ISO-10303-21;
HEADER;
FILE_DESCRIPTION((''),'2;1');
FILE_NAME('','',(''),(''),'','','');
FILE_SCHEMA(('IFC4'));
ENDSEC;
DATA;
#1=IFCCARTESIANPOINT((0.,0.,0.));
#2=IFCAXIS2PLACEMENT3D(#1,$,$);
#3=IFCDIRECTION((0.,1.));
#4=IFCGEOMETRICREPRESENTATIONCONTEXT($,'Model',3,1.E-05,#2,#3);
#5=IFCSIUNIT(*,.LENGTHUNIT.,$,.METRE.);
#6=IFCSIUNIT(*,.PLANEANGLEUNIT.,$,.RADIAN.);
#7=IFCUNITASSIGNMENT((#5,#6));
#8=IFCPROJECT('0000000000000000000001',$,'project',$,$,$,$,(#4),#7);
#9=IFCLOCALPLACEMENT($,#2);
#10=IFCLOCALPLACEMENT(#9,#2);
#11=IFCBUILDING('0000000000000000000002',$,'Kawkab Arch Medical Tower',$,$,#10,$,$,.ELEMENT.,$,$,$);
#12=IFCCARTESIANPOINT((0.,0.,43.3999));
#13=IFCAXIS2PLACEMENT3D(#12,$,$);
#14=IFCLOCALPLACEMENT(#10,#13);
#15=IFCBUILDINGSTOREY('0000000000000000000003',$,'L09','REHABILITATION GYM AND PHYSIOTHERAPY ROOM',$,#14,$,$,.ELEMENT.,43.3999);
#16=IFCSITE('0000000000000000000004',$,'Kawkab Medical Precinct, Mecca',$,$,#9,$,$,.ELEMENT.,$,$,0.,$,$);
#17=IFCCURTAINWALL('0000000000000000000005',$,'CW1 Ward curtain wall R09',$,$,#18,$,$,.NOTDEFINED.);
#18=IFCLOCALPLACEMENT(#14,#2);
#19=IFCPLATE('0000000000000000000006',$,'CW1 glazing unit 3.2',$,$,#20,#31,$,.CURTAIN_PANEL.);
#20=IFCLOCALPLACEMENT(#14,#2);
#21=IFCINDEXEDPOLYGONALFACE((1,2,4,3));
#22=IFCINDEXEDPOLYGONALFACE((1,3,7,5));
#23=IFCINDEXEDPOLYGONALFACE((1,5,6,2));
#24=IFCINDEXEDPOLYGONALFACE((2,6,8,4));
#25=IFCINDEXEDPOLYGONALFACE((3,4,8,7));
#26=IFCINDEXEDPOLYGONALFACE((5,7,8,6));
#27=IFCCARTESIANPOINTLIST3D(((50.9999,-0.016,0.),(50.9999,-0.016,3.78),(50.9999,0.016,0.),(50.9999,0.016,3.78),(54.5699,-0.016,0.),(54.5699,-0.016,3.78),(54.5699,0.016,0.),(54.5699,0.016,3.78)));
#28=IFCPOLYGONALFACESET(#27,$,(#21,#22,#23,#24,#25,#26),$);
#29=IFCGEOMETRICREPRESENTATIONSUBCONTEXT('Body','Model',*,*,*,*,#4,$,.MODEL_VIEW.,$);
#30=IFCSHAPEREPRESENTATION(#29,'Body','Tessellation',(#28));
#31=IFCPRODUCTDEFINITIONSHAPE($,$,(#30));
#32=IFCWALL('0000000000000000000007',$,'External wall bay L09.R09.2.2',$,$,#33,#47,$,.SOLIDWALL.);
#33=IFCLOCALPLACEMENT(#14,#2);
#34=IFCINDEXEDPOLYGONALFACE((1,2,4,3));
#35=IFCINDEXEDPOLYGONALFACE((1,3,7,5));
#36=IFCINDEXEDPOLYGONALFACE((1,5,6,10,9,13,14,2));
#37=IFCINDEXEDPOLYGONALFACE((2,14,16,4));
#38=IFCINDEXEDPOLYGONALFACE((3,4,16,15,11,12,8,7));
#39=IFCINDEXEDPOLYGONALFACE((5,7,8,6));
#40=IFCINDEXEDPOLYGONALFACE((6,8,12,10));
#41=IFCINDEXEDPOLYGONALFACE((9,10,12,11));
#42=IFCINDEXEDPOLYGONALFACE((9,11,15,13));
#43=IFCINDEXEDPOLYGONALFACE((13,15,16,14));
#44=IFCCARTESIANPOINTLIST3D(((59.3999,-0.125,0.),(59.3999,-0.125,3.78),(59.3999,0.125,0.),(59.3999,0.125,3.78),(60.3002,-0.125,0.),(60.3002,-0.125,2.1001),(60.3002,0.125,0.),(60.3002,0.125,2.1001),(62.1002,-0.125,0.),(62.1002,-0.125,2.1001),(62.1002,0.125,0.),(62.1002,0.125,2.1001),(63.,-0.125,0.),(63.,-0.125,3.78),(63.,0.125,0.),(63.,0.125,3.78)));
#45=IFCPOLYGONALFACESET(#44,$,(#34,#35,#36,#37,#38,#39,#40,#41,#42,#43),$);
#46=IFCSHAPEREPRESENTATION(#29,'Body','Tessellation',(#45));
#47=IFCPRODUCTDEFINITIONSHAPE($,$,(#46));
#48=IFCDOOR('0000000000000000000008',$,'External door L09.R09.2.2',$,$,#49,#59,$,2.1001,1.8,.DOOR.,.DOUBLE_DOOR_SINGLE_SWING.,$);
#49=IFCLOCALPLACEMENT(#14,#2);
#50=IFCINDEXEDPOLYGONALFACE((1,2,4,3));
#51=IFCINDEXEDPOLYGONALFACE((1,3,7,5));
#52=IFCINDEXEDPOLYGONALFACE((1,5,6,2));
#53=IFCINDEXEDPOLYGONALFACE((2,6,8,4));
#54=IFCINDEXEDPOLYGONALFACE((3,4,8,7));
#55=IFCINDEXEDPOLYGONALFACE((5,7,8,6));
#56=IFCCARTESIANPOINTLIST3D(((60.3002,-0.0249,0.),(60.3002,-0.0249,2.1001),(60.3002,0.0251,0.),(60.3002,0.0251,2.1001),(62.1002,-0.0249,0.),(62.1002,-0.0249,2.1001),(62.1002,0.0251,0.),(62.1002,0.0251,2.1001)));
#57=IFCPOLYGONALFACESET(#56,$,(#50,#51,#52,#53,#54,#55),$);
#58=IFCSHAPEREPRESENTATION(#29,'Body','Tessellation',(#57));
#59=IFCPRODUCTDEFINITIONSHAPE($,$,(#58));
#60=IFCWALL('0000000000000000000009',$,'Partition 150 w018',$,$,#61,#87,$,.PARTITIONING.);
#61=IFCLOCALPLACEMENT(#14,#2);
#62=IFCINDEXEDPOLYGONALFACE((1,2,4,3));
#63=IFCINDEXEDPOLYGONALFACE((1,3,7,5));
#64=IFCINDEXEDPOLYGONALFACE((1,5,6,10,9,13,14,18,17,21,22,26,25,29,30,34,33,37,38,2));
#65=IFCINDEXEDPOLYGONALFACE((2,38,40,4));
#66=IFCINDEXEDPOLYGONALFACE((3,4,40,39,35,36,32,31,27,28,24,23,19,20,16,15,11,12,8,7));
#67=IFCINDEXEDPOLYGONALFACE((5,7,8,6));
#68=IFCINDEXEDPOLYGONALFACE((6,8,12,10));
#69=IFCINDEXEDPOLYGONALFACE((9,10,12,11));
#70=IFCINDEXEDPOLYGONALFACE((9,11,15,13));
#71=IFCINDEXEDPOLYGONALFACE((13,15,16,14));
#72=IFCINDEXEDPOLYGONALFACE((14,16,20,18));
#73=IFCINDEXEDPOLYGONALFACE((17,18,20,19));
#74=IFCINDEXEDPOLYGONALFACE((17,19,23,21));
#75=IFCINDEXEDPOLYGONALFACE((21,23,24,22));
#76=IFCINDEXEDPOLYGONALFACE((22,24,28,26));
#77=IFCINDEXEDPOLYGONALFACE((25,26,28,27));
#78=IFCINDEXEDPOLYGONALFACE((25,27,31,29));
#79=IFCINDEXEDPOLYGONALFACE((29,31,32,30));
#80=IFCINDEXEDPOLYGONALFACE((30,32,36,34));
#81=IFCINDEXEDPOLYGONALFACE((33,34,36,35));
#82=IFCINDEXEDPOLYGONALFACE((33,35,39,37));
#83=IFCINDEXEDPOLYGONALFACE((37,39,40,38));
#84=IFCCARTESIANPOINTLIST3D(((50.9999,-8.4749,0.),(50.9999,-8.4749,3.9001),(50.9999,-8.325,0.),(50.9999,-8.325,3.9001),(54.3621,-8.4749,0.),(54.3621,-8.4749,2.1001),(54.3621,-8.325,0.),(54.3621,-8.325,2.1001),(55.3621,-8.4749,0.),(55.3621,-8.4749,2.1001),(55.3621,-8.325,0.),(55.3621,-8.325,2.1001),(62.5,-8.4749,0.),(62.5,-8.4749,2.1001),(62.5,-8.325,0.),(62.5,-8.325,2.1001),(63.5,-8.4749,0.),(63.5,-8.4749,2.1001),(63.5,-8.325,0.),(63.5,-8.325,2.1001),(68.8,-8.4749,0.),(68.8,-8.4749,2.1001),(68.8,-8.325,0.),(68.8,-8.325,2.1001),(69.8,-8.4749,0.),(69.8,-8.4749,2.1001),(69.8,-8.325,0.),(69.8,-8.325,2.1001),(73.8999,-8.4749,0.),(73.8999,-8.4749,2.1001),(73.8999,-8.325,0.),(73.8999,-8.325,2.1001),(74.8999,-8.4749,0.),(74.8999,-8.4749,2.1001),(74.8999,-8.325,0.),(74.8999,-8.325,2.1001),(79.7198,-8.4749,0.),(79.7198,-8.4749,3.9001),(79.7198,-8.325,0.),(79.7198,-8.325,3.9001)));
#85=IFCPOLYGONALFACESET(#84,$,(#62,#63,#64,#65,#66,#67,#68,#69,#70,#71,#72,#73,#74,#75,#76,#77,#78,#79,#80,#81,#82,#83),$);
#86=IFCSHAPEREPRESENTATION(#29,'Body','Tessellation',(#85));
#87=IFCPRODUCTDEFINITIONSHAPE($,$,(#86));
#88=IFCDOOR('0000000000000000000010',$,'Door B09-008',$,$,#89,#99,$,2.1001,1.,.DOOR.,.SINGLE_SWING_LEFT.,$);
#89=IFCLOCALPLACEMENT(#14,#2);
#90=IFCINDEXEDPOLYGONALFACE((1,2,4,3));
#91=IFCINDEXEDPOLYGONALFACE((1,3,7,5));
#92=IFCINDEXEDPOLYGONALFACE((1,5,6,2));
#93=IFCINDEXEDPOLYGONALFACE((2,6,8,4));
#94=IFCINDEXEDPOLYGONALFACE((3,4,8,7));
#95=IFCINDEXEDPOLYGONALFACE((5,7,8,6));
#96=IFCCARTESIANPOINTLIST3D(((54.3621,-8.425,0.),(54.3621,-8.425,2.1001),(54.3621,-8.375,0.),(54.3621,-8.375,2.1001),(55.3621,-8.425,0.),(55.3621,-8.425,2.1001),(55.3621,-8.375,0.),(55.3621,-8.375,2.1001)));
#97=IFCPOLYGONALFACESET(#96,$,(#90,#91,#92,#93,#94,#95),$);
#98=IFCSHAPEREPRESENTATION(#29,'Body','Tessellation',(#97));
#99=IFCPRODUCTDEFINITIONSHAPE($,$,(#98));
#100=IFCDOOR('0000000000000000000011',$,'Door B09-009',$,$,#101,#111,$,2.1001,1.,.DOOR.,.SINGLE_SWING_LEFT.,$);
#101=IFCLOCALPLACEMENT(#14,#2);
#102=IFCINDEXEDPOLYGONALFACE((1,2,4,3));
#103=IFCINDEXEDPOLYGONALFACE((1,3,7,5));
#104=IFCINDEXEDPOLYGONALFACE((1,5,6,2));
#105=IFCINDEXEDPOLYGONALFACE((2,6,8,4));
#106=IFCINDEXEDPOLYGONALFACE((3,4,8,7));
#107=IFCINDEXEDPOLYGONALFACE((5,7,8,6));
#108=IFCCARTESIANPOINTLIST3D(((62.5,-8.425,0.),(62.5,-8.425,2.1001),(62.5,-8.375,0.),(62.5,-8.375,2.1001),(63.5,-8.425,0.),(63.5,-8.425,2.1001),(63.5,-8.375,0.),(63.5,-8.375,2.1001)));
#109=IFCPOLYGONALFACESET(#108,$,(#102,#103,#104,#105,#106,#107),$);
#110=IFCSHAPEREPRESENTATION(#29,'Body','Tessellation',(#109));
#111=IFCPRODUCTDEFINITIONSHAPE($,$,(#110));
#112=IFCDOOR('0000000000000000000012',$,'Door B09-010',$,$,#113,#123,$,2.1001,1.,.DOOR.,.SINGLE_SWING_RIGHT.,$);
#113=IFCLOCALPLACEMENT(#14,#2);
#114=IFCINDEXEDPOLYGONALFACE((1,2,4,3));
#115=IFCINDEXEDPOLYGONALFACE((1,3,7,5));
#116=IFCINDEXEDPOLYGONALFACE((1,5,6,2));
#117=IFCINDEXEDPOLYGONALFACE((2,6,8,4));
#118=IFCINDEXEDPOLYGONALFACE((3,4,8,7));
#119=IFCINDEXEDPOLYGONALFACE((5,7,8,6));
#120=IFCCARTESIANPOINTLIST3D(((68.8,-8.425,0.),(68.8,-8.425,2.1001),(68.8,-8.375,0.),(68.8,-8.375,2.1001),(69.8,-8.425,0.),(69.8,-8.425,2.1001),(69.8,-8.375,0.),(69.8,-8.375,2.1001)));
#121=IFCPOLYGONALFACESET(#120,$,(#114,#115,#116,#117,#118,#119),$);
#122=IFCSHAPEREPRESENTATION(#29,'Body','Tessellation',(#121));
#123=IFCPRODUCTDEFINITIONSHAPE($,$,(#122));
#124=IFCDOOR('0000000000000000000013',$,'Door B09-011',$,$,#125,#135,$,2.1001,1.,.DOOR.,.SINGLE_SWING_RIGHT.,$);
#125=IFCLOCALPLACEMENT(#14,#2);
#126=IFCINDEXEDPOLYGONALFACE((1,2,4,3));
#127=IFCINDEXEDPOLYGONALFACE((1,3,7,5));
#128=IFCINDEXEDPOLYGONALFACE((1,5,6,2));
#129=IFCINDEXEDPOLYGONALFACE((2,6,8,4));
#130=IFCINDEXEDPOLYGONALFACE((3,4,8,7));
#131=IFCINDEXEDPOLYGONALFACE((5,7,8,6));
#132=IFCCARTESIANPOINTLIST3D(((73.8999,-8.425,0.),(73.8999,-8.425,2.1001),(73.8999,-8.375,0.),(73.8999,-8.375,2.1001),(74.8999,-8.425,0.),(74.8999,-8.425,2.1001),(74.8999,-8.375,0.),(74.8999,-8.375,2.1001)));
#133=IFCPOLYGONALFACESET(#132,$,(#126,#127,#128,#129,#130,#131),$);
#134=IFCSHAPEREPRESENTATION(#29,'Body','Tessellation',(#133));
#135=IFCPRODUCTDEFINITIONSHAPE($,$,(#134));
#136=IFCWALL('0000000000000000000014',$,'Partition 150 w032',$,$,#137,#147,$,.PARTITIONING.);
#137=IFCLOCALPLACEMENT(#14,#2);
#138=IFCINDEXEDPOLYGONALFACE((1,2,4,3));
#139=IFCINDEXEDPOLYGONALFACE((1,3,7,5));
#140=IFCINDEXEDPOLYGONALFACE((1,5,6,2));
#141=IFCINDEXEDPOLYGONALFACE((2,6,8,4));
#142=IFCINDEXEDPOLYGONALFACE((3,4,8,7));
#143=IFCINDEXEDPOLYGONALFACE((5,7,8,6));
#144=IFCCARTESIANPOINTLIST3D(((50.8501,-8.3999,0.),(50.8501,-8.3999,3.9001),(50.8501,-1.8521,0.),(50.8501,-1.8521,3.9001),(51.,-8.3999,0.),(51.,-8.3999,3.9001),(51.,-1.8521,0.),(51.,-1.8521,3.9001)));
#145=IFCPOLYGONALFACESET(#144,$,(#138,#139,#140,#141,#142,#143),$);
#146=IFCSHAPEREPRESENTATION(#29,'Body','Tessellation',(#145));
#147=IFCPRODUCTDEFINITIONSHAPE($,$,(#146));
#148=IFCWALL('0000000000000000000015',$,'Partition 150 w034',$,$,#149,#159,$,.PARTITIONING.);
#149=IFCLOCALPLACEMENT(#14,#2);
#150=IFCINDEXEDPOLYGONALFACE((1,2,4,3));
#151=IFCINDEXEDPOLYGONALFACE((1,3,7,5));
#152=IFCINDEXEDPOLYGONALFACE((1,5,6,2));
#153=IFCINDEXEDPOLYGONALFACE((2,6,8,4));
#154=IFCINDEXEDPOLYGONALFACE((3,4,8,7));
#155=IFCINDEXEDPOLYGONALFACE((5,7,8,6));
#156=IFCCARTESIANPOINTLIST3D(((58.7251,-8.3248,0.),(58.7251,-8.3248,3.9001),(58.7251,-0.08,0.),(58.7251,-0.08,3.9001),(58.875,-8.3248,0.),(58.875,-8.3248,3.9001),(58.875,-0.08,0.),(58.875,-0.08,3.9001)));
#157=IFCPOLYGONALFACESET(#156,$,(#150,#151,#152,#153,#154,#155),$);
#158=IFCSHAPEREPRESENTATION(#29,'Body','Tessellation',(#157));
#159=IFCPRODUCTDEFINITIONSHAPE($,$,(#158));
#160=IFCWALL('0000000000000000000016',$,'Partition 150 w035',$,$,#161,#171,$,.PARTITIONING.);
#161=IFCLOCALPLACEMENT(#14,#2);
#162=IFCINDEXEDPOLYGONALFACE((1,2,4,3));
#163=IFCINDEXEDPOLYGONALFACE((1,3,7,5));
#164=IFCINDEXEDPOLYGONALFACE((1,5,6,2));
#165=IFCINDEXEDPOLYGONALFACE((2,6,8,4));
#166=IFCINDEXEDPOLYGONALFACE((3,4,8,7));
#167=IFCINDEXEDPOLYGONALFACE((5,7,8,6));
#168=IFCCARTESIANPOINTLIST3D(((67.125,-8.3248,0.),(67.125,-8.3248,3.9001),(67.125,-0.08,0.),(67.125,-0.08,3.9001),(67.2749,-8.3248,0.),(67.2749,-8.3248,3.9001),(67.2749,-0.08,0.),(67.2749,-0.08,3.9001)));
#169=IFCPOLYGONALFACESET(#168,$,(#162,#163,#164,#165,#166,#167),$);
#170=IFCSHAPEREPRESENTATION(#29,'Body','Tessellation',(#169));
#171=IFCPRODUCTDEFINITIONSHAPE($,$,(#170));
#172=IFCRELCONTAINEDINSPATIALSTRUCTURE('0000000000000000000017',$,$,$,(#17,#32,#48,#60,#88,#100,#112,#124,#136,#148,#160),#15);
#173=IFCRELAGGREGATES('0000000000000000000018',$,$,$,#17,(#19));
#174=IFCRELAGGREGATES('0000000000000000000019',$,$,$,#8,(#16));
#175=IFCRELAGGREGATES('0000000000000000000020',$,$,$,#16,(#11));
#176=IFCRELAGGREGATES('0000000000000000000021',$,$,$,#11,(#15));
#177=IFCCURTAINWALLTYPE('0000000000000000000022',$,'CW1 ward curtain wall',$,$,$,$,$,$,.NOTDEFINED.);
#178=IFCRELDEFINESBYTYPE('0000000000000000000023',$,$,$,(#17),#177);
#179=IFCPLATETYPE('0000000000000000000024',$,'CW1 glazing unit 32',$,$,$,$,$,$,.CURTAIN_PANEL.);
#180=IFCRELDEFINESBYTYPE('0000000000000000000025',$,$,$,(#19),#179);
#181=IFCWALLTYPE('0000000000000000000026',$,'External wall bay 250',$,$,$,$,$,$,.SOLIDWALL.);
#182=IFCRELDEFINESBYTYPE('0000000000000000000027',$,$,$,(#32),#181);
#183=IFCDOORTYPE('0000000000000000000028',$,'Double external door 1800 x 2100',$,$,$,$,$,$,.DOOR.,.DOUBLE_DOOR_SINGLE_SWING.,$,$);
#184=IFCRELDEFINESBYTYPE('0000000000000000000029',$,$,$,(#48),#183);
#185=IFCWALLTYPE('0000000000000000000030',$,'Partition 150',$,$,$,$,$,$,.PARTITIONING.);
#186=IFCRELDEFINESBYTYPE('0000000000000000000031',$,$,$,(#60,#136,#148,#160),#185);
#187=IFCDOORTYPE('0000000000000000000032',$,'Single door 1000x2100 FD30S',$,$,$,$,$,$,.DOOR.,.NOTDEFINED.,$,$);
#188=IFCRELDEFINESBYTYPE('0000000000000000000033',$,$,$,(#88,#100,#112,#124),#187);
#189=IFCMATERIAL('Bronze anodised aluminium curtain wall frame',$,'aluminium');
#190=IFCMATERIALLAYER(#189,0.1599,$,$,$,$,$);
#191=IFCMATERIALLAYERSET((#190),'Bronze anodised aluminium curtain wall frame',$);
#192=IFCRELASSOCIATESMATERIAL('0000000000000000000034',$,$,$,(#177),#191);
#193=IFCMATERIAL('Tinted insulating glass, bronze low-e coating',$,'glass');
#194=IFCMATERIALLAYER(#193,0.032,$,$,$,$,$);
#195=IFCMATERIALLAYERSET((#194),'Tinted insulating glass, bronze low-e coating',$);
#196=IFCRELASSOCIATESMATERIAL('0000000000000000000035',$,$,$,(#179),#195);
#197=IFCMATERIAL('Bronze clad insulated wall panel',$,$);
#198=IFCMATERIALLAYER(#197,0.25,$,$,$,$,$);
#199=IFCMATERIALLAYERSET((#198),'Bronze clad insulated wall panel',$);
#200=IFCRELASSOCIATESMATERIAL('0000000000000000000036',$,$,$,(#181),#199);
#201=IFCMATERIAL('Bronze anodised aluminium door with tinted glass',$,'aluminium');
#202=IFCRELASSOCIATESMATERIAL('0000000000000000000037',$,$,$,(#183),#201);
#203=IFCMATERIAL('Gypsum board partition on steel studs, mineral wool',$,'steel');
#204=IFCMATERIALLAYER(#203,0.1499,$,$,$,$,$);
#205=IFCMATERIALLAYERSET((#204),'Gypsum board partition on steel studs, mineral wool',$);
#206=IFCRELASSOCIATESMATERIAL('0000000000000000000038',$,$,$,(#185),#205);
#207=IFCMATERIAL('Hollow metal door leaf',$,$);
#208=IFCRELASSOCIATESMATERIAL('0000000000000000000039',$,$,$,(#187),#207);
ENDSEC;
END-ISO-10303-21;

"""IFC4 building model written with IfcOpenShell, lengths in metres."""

from ifc_helpers import new_model, si_unit, direction, frame, frame_2d, origin, origin_2d, place, context, subcontext, project, spatial, rectangle, extrude, material, layer, layer_set, type_object, element, fill, aggregate, save


model = new_model("IFC4")

# Units and contexts
model_context = context("Model", 3, precision=1e-05, world=origin(), true_north=direction((0.0, 1.0)))
body_context = subcontext(model_context, "Body", "Model", "MODEL_VIEW")
ifc_project = project(units=[si_unit("LENGTHUNIT", "METRE"), si_unit("PLANEANGLEUNIT", "RADIAN")], contexts=[model_context])

# Site, building, storey
site_placement = place(None, origin())
site = spatial("IfcSite", under=ifc_project, at=site_placement, Name="Kawkab Medical Precinct, Mecca", CompositionType="ELEMENT", RefElevation=0.0)
building_placement = place(site_placement, origin())
building = spatial("IfcBuilding", under=site, at=building_placement, Name="Kawkab Arch Medical Tower", CompositionType="ELEMENT")
storey_placement = place(building_placement, frame((0.0, 0.0, 43.3999)))
storey = spatial("IfcBuildingStorey", under=building, at=storey_placement, Name="L09", Description="REHABILITATION GYM AND PHYSIOTHERAPY ROOM", CompositionType="ELEMENT", Elevation=43.3999)

# Curtain wall, plate
ifc_material_1 = material(Name="Bronze anodised aluminium curtain wall frame", Category="aluminium")
ifc_layer_1 = layer(ifc_material_1, 0.1599)
ifc_layer_set_1 = layer_set([ifc_layer_1], Name="Bronze anodised aluminium curtain wall frame")
curtain_wall_type = type_object("IfcCurtainWallType", Name="CW1 ward curtain wall", PredefinedType="NOTDEFINED", material=ifc_layer_set_1)
curtain_wall_placement = place(storey_placement, origin())
curtain_wall = element("IfcCurtainWall", 1, at=curtain_wall_placement, inside=storey, type_object=curtain_wall_type, Name="CW1 Ward curtain wall R09", PredefinedType="NOTDEFINED")
ifc_material_2 = material(Name="Tinted insulating glass, bronze low-e coating", Category="glass")
ifc_layer_2 = layer(ifc_material_2, 0.032)
ifc_layer_set_2 = layer_set([ifc_layer_2], Name="Tinted insulating glass, bronze low-e coating")
plate_type = type_object("IfcPlateType", Name="CW1 glazing unit 32", PredefinedType="CURTAIN_PANEL", material=ifc_layer_set_2)
plate_1_placement = place(storey_placement, frame((52.7849, 0.0, 0.0), z_axis=(0.0, 0.0, 1.0), x_axis=(-1.0, 0.0, 0.0)))
plate_1 = element("IfcPlate", 2, at=plate_1_placement, type_object=plate_type, Name="CW1 glazing unit 3.2", PredefinedType="CURTAIN_PANEL", context=body_context, shape_type="SweptSolid", body=[
    extrude(rectangle(XDim=3.5701, YDim=0.032, at=origin_2d()), origin(), (0.0, 0.0, 1.0), 3.78),
])
aggregate(curtain_wall, [plate_1])

# Wall, opening, door
ifc_material_3 = material(Name="Bronze clad insulated wall panel")
ifc_layer_3 = layer(ifc_material_3, 0.25)
ifc_layer_set_3 = layer_set([ifc_layer_3], Name="Bronze clad insulated wall panel")
wall_type_1 = type_object("IfcWallType", Name="External wall bay 250", PredefinedType="SOLIDWALL", material=ifc_layer_set_3)
wall_1_placement = place(storey_placement, frame((63.0, 0.0, 0.0), z_axis=(0.0, 0.0, 1.0), x_axis=(-1.0, 0.0, 0.0)))
wall_1 = element("IfcWall", 3, at=wall_1_placement, inside=storey, type_object=wall_type_1, Name="External wall bay L09.R09.2.2", PredefinedType="SOLIDWALL", context=body_context, shape_type="SweptSolid", body=[
    extrude(rectangle(XDim=3.6001, YDim=0.25, at=frame_2d((1.8, 0.0))), origin(), (0.0, 0.0, 1.0), 3.78),
])
opening_1_placement = place(wall_1_placement, frame((0.8999, 0.0, 0.0)))
opening_1 = element("IfcOpeningElement", 4, at=opening_1_placement, cuts=wall_1, PredefinedType="OPENING", context=body_context, shape_type="SweptSolid", body=[
    extrude(rectangle(XDim=1.8, YDim=2.1001, at=frame_2d((0.8999, 1.05))), frame((0.0, 0.135, 0.0), z_axis=(0.0, -1.0, 0.0), x_axis=(1.0, 0.0, 0.0)), (0.0, 0.0, 1.0), 0.27),
])
ifc_material_4 = material(Name="Bronze anodised aluminium door with tinted glass", Category="aluminium")
door_type_1 = type_object("IfcDoorType", Name="Double external door 1800 x 2100", OperationType="DOUBLE_DOOR_SINGLE_SWING", PredefinedType="DOOR", material=ifc_material_4)
door_1_placement = place(opening_1_placement, origin())
door_1 = element("IfcDoor", 5, at=door_1_placement, inside=storey, type_object=door_type_1, Name="External door L09.R09.2.2", OperationType="DOUBLE_DOOR_SINGLE_SWING", OverallHeight=2.1001, OverallWidth=1.8, PredefinedType="DOOR", context=body_context, shape_type="SweptSolid", body=[
    extrude(rectangle(XDim=1.8, YDim=2.1001, at=frame_2d((0.8999, 1.05))), frame((0.0, 0.0249, 0.0), z_axis=(0.0, -1.0, 0.0), x_axis=(1.0, 0.0, 0.0)), (0.0, 0.0, 1.0), 0.05),
])
fill(opening_1, door_1)

# Wall, openings, doors
ifc_material_5 = material(Name="Gypsum board partition on steel studs, mineral wool", Category="steel")
ifc_layer_4 = layer(ifc_material_5, 0.1499)
ifc_layer_set_4 = layer_set([ifc_layer_4], Name="Gypsum board partition on steel studs, mineral wool")
wall_type_2 = type_object("IfcWallType", Name="Partition 150", PredefinedType="PARTITIONING", material=ifc_layer_set_4)
wall_2_placement = place(storey_placement, frame((51.0, -8.3999, 0.0), z_axis=(0.0, 0.0, 1.0), x_axis=(1.0, 0.0, 0.0)))
wall_2 = element("IfcWall", 6, at=wall_2_placement, inside=storey, type_object=wall_type_2, Name="Partition 150 w018", PredefinedType="PARTITIONING", context=body_context, shape_type="SweptSolid", body=[
    extrude(rectangle(XDim=28.72, YDim=0.1499, at=frame_2d((14.3599, 0.0))), origin(), (0.0, 0.0, 1.0), 3.9001),
])
opening_2_placement = place(wall_2_placement, frame((3.3621, 0.0, 0.0)))
opening_2 = element("IfcOpeningElement", 7, at=opening_2_placement, cuts=wall_2, PredefinedType="OPENING", context=body_context, shape_type="SweptSolid", body=[
    extrude(rectangle(XDim=1.0, YDim=2.1001, at=frame_2d((0.5, 1.05))), frame((0.0, 0.085, 0.0), z_axis=(0.0, -1.0, 0.0), x_axis=(1.0, 0.0, 0.0)), (0.0, 0.0, 1.0), 0.1699),
])
opening_3_placement = place(wall_2_placement, frame((11.5, 0.0, 0.0)))
opening_3 = element("IfcOpeningElement", 8, at=opening_3_placement, cuts=wall_2, PredefinedType="OPENING", context=body_context, shape_type="SweptSolid", body=[
    extrude(rectangle(XDim=1.0, YDim=2.1001, at=frame_2d((0.5, 1.05))), frame((0.0, 0.085, 0.0), z_axis=(0.0, -1.0, 0.0), x_axis=(1.0, 0.0, 0.0)), (0.0, 0.0, 1.0), 0.1699),
])
opening_4_placement = place(wall_2_placement, frame((17.8, 0.0, 0.0)))
opening_4 = element("IfcOpeningElement", 9, at=opening_4_placement, cuts=wall_2, PredefinedType="OPENING", context=body_context, shape_type="SweptSolid", body=[
    extrude(rectangle(XDim=1.0, YDim=2.1001, at=frame_2d((0.5, 1.05))), frame((0.0, 0.085, 0.0), z_axis=(0.0, -1.0, 0.0), x_axis=(1.0, 0.0, 0.0)), (0.0, 0.0, 1.0), 0.1699),
])
opening_5_placement = place(wall_2_placement, frame((22.8999, 0.0, 0.0)))
opening_5 = element("IfcOpeningElement", 10, at=opening_5_placement, cuts=wall_2, PredefinedType="OPENING", context=body_context, shape_type="SweptSolid", body=[
    extrude(rectangle(XDim=1.0, YDim=2.1001, at=frame_2d((0.5, 1.05))), frame((0.0, 0.085, 0.0), z_axis=(0.0, -1.0, 0.0), x_axis=(1.0, 0.0, 0.0)), (0.0, 0.0, 1.0), 0.1699),
])
ifc_material_6 = material(Name="Hollow metal door leaf")
door_type_2 = type_object("IfcDoorType", Name="Single door 1000x2100 FD30S", OperationType="NOTDEFINED", PredefinedType="DOOR", material=ifc_material_6)
door_2_placement = place(opening_2_placement, origin())
door_2 = element("IfcDoor", 11, at=door_2_placement, inside=storey, type_object=door_type_2, Name="Door B09-008", OperationType="SINGLE_SWING_LEFT", OverallHeight=2.1001, OverallWidth=1.0, PredefinedType="DOOR", context=body_context, shape_type="SweptSolid", body=[
    extrude(rectangle(XDim=1.0, YDim=2.1001, at=frame_2d((0.5, 1.05))), frame((0.0, 0.0249, 0.0), z_axis=(0.0, -1.0, 0.0), x_axis=(1.0, 0.0, 0.0)), (0.0, 0.0, 1.0), 0.05),
])
fill(opening_2, door_2)
door_3_placement = place(opening_3_placement, origin())
door_3 = element("IfcDoor", 12, at=door_3_placement, inside=storey, type_object=door_type_2, Name="Door B09-009", OperationType="SINGLE_SWING_LEFT", OverallHeight=2.1001, OverallWidth=1.0, PredefinedType="DOOR", context=body_context, shape_type="SweptSolid", body=[
    extrude(rectangle(XDim=1.0, YDim=2.1001, at=frame_2d((0.5, 1.05))), frame((0.0, 0.0249, 0.0), z_axis=(0.0, -1.0, 0.0), x_axis=(1.0, 0.0, 0.0)), (0.0, 0.0, 1.0), 0.05),
])
fill(opening_3, door_3)
door_4_placement = place(opening_4_placement, origin())
door_4 = element("IfcDoor", 13, at=door_4_placement, inside=storey, type_object=door_type_2, Name="Door B09-010", OperationType="SINGLE_SWING_RIGHT", OverallHeight=2.1001, OverallWidth=1.0, PredefinedType="DOOR", context=body_context, shape_type="SweptSolid", body=[
    extrude(rectangle(XDim=1.0, YDim=2.1001, at=frame_2d((0.5, 1.05))), frame((0.0, 0.0249, 0.0), z_axis=(0.0, -1.0, 0.0), x_axis=(1.0, 0.0, 0.0)), (0.0, 0.0, 1.0), 0.05),
])
fill(opening_4, door_4)
door_5_placement = place(opening_5_placement, origin())
door_5 = element("IfcDoor", 14, at=door_5_placement, inside=storey, type_object=door_type_2, Name="Door B09-011", OperationType="SINGLE_SWING_RIGHT", OverallHeight=2.1001, OverallWidth=1.0, PredefinedType="DOOR", context=body_context, shape_type="SweptSolid", body=[
    extrude(rectangle(XDim=1.0, YDim=2.1001, at=frame_2d((0.5, 1.05))), frame((0.0, 0.0249, 0.0), z_axis=(0.0, -1.0, 0.0), x_axis=(1.0, 0.0, 0.0)), (0.0, 0.0, 1.0), 0.05),
])
fill(opening_5, door_5)

# Walls
wall_3_placement = place(storey_placement, frame((50.925, -8.3999, 0.0), z_axis=(0.0, 0.0, 1.0), x_axis=(0.0, 1.0, 0.0)))
element("IfcWall", 15, at=wall_3_placement, inside=storey, type_object=wall_type_2, Name="Partition 150 w032", PredefinedType="PARTITIONING", context=body_context, shape_type="SweptSolid", body=[
    extrude(rectangle(XDim=6.5479, YDim=0.1499, at=frame_2d((3.2739, 0.0))), origin(), (0.0, 0.0, 1.0), 3.9001),
])
for number, where, z_axis, x_axis, name in (
    (16, (58.8, -8.325, 0.0), (0.0, 0.0, 1.0), (0.0, 1.0, 0.0), "Partition 150 w034"),
    (17, (67.2, -8.325, 0.0), (0.0, 0.0, 1.0), (0.0, 1.0, 0.0), "Partition 150 w035"),
):
    element("IfcWall", number, at=place(storey_placement, frame(where, z_axis=z_axis, x_axis=x_axis)), inside=storey, type_object=wall_type_2, Name=name, PredefinedType="PARTITIONING", context=body_context, shape_type="SweptSolid", body=[
        extrude(rectangle(XDim=8.2449, YDim=0.1499, at=frame_2d((4.1226, 0.0))), origin(), (0.0, 0.0, 1.0), 3.9001),
    ])

save(model, "model.ifc")
